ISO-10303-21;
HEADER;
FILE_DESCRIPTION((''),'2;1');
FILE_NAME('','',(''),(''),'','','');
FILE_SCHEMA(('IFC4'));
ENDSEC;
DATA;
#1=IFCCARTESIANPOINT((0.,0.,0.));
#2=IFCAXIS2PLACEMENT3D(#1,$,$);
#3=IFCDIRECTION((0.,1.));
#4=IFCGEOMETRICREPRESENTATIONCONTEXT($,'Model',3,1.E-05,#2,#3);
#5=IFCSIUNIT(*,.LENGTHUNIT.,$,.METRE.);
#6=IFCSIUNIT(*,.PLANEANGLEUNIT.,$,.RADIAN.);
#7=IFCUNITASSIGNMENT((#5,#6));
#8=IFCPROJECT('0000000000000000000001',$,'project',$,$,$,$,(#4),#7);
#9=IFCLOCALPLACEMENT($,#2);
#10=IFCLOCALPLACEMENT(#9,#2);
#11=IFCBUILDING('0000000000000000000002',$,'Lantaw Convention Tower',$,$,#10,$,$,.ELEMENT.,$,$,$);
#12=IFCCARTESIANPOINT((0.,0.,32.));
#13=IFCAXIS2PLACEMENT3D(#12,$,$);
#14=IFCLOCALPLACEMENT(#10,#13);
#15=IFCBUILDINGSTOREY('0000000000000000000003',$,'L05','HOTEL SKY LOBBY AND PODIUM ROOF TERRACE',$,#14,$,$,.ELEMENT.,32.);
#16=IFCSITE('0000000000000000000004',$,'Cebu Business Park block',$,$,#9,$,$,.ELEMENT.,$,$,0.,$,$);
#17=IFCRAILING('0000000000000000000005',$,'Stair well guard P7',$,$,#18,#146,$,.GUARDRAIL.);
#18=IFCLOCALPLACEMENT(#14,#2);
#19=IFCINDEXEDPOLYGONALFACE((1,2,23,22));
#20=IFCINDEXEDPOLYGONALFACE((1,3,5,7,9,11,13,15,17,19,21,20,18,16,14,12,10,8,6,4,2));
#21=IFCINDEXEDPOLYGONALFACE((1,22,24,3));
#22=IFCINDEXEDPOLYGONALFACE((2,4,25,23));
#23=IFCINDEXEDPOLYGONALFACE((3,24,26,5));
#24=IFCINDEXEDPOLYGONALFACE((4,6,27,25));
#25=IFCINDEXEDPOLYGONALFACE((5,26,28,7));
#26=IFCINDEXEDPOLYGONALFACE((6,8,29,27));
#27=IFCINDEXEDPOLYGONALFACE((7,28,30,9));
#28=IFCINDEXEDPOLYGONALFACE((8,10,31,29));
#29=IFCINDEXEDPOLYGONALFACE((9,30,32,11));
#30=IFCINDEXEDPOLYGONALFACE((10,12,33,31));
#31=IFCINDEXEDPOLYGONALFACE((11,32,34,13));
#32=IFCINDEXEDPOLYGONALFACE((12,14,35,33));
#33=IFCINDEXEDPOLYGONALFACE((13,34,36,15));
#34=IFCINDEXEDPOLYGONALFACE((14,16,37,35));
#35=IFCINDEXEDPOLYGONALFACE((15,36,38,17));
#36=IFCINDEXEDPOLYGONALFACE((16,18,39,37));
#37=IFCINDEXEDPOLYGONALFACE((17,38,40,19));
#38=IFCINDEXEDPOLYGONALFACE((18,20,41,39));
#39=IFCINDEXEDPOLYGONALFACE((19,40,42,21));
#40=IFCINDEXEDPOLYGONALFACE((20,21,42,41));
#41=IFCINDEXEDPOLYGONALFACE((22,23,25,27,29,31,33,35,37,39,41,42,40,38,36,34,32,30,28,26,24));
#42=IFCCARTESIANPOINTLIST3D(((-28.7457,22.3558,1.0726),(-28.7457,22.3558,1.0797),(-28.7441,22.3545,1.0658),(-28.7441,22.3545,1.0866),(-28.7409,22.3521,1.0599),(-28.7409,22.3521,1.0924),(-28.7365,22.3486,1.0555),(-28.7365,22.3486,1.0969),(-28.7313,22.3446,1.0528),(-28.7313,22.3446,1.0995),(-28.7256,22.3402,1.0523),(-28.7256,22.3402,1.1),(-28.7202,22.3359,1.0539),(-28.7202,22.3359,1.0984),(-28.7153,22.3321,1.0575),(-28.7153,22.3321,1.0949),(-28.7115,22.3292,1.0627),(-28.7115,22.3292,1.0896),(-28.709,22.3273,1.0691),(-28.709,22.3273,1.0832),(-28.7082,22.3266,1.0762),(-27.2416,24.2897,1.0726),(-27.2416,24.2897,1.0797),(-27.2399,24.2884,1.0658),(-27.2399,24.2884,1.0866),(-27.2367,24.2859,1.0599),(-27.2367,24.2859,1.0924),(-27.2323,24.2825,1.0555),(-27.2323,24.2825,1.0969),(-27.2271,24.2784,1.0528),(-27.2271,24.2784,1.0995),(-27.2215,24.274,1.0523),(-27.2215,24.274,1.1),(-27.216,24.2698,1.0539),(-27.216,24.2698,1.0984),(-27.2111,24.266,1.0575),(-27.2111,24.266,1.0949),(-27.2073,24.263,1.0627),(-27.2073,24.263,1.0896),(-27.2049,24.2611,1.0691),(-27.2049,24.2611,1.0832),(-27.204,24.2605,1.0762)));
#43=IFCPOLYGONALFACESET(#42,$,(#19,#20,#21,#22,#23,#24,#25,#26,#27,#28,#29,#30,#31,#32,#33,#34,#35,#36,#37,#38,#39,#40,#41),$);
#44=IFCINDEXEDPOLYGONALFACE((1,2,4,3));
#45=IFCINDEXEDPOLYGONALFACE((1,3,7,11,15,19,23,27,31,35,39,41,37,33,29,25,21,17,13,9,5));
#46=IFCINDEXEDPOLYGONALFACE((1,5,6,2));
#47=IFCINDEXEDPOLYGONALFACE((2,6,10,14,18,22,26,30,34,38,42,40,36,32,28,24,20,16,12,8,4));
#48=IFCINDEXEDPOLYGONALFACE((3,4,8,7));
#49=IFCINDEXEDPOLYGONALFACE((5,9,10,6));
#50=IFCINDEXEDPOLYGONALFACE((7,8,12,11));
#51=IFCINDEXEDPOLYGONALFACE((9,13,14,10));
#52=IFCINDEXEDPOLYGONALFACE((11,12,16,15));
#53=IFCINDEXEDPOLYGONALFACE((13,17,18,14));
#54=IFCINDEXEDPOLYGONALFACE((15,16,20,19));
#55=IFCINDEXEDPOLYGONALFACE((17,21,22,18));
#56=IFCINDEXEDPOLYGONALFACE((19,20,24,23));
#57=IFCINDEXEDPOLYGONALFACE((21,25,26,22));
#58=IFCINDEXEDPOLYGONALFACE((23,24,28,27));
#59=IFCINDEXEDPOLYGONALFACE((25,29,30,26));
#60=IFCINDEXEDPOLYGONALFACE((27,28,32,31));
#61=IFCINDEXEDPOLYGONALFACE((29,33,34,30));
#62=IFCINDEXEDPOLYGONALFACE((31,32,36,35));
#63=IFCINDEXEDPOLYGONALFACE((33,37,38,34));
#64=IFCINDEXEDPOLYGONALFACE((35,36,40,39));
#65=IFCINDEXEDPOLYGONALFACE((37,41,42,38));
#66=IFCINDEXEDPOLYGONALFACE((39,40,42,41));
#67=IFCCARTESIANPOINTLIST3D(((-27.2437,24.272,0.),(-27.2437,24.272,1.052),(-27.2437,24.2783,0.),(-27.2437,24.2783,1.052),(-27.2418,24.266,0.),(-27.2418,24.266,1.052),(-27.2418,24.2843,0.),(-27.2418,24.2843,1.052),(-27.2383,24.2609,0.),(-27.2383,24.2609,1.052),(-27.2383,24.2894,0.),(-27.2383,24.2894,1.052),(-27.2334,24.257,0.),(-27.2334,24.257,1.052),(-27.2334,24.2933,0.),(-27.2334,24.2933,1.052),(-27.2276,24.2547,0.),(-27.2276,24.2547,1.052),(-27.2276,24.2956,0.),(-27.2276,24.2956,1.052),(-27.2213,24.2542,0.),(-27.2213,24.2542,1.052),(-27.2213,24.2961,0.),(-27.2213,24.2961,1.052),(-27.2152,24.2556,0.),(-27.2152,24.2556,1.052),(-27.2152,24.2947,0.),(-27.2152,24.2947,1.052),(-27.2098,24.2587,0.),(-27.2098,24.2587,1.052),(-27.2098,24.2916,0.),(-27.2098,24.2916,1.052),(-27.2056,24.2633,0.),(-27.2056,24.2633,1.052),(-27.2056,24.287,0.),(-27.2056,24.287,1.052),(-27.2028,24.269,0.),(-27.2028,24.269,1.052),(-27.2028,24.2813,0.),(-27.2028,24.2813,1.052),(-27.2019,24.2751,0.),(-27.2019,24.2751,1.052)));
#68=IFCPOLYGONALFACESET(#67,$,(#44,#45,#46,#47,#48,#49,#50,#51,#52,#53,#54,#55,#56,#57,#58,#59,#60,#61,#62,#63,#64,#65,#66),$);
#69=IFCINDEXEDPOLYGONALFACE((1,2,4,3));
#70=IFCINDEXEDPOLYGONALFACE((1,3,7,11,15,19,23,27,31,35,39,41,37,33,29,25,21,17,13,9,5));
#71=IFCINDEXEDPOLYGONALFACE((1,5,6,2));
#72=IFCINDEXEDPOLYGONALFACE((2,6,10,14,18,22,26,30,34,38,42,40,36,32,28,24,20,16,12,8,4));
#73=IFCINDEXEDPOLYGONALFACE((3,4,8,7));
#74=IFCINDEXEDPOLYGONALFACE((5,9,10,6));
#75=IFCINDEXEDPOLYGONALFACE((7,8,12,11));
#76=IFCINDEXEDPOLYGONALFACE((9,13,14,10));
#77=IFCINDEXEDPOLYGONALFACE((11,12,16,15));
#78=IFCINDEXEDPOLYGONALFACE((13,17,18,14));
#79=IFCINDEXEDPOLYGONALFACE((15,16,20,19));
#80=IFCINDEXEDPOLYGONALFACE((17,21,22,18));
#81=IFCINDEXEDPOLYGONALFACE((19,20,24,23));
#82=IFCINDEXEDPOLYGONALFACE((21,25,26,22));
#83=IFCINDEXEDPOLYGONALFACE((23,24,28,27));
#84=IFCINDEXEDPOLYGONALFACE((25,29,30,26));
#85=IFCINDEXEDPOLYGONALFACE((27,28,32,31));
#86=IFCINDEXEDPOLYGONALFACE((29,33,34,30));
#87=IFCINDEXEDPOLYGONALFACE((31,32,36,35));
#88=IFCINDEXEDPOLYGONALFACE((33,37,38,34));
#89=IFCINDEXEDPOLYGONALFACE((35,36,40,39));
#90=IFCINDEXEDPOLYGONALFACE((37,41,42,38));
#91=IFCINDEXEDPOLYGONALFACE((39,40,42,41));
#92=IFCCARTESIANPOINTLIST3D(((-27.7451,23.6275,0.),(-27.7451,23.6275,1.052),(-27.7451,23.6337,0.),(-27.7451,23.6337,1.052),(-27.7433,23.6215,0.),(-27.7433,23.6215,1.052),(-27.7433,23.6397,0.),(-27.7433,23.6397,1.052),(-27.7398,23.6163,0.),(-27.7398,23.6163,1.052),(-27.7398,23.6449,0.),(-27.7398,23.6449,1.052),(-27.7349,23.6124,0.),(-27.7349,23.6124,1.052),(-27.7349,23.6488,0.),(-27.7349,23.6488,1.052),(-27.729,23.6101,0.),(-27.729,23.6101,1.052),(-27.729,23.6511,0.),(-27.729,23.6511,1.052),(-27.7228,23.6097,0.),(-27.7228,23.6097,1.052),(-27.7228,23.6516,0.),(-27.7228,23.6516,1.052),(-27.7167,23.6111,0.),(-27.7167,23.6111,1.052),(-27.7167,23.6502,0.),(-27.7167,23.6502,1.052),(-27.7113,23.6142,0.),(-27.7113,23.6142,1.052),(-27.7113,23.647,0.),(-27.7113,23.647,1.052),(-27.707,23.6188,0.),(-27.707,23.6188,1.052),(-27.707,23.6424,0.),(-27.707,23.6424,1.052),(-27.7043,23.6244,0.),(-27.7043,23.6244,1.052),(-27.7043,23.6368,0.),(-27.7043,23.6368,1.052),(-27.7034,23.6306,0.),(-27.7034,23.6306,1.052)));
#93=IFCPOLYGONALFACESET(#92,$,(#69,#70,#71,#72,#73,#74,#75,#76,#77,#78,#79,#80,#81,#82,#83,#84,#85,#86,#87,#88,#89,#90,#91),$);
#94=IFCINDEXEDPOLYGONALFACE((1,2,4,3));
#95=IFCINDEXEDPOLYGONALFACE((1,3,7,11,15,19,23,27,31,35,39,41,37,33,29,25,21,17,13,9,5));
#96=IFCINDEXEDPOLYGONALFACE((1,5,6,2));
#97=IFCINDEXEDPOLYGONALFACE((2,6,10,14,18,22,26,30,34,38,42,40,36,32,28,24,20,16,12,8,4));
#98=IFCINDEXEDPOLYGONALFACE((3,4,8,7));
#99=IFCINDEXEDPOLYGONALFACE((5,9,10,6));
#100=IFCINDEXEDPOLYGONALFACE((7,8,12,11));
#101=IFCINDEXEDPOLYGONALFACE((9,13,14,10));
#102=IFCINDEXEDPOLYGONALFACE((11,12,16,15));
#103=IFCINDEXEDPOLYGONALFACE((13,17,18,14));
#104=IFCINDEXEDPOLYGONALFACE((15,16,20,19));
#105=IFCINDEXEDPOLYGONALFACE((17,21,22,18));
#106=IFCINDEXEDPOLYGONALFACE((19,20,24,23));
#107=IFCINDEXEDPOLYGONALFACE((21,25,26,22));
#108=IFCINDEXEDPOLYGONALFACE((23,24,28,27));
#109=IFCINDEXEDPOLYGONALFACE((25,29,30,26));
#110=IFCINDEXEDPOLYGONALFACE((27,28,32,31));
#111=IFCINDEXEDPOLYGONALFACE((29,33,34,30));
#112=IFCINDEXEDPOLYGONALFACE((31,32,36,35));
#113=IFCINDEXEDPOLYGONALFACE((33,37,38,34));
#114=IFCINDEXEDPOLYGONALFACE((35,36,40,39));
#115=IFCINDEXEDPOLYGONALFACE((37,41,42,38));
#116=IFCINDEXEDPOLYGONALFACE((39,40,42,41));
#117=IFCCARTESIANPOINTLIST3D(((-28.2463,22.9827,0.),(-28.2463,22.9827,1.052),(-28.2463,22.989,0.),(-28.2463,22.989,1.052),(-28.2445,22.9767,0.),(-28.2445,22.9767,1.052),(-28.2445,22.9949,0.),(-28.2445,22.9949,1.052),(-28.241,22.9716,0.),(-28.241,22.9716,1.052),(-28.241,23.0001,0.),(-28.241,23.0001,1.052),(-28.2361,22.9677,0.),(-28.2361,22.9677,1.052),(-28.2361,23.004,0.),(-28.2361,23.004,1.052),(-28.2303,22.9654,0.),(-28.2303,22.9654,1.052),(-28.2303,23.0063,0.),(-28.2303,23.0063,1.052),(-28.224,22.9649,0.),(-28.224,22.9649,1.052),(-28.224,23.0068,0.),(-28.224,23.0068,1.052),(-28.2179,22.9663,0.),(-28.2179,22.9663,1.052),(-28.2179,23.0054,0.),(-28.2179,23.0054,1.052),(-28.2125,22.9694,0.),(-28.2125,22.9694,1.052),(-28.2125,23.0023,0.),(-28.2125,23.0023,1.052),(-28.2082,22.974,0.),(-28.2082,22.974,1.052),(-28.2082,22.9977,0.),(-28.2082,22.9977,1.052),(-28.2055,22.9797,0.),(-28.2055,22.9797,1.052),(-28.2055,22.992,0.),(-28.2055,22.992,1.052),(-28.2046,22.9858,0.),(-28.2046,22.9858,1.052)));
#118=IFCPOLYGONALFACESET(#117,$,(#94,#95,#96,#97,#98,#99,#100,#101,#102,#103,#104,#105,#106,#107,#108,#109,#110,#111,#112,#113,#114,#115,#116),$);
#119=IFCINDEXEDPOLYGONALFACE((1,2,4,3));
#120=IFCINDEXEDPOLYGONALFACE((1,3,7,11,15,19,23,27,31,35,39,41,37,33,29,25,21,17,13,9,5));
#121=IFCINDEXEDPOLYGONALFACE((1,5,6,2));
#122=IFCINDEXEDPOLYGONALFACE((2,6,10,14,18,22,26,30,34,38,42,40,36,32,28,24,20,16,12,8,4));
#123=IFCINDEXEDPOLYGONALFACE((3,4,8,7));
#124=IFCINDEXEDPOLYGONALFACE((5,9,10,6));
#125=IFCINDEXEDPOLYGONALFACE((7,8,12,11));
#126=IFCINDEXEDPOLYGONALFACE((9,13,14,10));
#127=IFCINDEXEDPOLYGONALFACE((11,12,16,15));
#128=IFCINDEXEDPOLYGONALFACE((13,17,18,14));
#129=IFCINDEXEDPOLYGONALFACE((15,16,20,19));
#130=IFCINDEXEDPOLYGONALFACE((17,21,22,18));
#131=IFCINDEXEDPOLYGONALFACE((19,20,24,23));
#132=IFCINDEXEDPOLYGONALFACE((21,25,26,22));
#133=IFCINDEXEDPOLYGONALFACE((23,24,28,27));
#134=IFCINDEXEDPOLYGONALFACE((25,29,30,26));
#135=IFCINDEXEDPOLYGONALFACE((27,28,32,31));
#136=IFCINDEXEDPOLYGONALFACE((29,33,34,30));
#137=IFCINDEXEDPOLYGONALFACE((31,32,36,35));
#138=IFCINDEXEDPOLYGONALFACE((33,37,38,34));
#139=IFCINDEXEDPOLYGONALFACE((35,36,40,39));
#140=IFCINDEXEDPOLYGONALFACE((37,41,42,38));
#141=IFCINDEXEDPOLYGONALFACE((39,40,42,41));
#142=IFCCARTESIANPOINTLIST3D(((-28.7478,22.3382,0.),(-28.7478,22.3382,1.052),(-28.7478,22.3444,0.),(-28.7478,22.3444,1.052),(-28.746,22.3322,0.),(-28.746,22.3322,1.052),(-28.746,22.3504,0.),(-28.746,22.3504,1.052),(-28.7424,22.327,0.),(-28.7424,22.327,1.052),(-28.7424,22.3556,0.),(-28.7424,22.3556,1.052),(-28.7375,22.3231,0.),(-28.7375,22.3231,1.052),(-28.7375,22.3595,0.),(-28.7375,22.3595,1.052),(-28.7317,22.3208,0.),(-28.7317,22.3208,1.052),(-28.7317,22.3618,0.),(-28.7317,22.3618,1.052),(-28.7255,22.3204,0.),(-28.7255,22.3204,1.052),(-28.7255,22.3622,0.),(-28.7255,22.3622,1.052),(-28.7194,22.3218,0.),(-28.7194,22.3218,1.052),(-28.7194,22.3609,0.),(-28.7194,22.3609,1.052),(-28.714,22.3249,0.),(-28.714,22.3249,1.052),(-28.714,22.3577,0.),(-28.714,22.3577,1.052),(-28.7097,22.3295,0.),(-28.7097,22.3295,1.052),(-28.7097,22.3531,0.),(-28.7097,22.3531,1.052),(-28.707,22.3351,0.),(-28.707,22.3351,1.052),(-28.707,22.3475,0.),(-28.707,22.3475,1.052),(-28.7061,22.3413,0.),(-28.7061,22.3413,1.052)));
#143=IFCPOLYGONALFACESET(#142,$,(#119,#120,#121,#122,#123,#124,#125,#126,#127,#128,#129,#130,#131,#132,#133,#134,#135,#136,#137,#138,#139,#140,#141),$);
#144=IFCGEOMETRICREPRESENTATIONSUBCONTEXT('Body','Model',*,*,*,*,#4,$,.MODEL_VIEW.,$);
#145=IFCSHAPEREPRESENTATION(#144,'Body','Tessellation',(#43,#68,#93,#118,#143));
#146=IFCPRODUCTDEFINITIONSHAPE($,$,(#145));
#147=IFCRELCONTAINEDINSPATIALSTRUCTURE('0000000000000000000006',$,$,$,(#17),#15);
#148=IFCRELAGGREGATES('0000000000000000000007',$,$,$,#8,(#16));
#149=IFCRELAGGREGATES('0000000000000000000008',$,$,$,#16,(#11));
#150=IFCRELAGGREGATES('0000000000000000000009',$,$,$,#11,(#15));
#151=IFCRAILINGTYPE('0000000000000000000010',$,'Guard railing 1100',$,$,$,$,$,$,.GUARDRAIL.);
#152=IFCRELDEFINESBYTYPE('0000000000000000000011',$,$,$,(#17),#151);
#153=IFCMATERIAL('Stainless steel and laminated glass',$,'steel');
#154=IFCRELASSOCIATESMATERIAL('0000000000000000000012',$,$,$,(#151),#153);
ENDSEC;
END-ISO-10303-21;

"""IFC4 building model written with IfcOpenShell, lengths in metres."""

from ifc_helpers import new_model, si_unit, direction, frame, origin, origin_2d, place, context, subcontext, project, spatial, circle, extrude, material, type_object, element, save


model = new_model("IFC4")

# Units and contexts
model_context = context("Model", 3, precision=1e-05, world=origin(), true_north=direction((0.0, 1.0)))
body_context = subcontext(model_context, "Body", "Model", "MODEL_VIEW")
ifc_project = project(units=[si_unit("LENGTHUNIT", "METRE"), si_unit("PLANEANGLEUNIT", "RADIAN")], contexts=[model_context])

# Site, building, storey
site_placement = place(None, origin())
site = spatial("IfcSite", under=ifc_project, at=site_placement, Name="Cebu Business Park block", CompositionType="ELEMENT", RefElevation=0.0)
building_placement = place(site_placement, origin())
building = spatial("IfcBuilding", under=site, at=building_placement, Name="Lantaw Convention Tower", CompositionType="ELEMENT")
storey_placement = place(building_placement, frame((0.0, 0.0, 32.0)))
storey = spatial("IfcBuildingStorey", under=building, at=storey_placement, Name="L05", Description="HOTEL SKY LOBBY AND PODIUM ROOF TERRACE", CompositionType="ELEMENT", Elevation=32.0)

# Railing
ifc_material_1 = material(Name="Stainless steel and laminated glass", Category="steel")
railing_type_1 = type_object("IfcRailingType", Name="Guard railing 1100", PredefinedType="GUARDRAIL", material=ifc_material_1)
railing_1_placement = place(storey_placement, frame((-27.2229, 24.2751, 0.0)))
element("IfcRailing", 1, at=railing_1_placement, inside=storey, type_object=railing_type_1, Name="Stair well guard P7", PredefinedType="GUARDRAIL", context=body_context, shape_type="SweptSolid", body=[
    extrude(circle(Radius=0.0239, at=origin_2d()), frame((0.0, 0.0, 1.0762), z_axis=(-0.613954, -0.789341, 0.0), x_axis=(0.789341, -0.613954, 0.0)), (0.0, 0.0, 1.0), 2.45),
    extrude(circle(Radius=0.021, at=origin_2d()), origin(), (0.0, 0.0, 1.0), 1.052),
    extrude(circle(Radius=0.021, at=origin_2d()), frame((-0.5015, -0.6445, 0.0)), (0.0, 0.0, 1.0), 1.052),
    extrude(circle(Radius=0.021, at=origin_2d()), frame((-1.0027, -1.2893, 0.0)), (0.0, 0.0, 1.0), 1.052),
    extrude(circle(Radius=0.021, at=origin_2d()), frame((-1.5042, -1.9338, 0.0)), (0.0, 0.0, 1.0), 1.052),
])

save(model, "model.ifc")
